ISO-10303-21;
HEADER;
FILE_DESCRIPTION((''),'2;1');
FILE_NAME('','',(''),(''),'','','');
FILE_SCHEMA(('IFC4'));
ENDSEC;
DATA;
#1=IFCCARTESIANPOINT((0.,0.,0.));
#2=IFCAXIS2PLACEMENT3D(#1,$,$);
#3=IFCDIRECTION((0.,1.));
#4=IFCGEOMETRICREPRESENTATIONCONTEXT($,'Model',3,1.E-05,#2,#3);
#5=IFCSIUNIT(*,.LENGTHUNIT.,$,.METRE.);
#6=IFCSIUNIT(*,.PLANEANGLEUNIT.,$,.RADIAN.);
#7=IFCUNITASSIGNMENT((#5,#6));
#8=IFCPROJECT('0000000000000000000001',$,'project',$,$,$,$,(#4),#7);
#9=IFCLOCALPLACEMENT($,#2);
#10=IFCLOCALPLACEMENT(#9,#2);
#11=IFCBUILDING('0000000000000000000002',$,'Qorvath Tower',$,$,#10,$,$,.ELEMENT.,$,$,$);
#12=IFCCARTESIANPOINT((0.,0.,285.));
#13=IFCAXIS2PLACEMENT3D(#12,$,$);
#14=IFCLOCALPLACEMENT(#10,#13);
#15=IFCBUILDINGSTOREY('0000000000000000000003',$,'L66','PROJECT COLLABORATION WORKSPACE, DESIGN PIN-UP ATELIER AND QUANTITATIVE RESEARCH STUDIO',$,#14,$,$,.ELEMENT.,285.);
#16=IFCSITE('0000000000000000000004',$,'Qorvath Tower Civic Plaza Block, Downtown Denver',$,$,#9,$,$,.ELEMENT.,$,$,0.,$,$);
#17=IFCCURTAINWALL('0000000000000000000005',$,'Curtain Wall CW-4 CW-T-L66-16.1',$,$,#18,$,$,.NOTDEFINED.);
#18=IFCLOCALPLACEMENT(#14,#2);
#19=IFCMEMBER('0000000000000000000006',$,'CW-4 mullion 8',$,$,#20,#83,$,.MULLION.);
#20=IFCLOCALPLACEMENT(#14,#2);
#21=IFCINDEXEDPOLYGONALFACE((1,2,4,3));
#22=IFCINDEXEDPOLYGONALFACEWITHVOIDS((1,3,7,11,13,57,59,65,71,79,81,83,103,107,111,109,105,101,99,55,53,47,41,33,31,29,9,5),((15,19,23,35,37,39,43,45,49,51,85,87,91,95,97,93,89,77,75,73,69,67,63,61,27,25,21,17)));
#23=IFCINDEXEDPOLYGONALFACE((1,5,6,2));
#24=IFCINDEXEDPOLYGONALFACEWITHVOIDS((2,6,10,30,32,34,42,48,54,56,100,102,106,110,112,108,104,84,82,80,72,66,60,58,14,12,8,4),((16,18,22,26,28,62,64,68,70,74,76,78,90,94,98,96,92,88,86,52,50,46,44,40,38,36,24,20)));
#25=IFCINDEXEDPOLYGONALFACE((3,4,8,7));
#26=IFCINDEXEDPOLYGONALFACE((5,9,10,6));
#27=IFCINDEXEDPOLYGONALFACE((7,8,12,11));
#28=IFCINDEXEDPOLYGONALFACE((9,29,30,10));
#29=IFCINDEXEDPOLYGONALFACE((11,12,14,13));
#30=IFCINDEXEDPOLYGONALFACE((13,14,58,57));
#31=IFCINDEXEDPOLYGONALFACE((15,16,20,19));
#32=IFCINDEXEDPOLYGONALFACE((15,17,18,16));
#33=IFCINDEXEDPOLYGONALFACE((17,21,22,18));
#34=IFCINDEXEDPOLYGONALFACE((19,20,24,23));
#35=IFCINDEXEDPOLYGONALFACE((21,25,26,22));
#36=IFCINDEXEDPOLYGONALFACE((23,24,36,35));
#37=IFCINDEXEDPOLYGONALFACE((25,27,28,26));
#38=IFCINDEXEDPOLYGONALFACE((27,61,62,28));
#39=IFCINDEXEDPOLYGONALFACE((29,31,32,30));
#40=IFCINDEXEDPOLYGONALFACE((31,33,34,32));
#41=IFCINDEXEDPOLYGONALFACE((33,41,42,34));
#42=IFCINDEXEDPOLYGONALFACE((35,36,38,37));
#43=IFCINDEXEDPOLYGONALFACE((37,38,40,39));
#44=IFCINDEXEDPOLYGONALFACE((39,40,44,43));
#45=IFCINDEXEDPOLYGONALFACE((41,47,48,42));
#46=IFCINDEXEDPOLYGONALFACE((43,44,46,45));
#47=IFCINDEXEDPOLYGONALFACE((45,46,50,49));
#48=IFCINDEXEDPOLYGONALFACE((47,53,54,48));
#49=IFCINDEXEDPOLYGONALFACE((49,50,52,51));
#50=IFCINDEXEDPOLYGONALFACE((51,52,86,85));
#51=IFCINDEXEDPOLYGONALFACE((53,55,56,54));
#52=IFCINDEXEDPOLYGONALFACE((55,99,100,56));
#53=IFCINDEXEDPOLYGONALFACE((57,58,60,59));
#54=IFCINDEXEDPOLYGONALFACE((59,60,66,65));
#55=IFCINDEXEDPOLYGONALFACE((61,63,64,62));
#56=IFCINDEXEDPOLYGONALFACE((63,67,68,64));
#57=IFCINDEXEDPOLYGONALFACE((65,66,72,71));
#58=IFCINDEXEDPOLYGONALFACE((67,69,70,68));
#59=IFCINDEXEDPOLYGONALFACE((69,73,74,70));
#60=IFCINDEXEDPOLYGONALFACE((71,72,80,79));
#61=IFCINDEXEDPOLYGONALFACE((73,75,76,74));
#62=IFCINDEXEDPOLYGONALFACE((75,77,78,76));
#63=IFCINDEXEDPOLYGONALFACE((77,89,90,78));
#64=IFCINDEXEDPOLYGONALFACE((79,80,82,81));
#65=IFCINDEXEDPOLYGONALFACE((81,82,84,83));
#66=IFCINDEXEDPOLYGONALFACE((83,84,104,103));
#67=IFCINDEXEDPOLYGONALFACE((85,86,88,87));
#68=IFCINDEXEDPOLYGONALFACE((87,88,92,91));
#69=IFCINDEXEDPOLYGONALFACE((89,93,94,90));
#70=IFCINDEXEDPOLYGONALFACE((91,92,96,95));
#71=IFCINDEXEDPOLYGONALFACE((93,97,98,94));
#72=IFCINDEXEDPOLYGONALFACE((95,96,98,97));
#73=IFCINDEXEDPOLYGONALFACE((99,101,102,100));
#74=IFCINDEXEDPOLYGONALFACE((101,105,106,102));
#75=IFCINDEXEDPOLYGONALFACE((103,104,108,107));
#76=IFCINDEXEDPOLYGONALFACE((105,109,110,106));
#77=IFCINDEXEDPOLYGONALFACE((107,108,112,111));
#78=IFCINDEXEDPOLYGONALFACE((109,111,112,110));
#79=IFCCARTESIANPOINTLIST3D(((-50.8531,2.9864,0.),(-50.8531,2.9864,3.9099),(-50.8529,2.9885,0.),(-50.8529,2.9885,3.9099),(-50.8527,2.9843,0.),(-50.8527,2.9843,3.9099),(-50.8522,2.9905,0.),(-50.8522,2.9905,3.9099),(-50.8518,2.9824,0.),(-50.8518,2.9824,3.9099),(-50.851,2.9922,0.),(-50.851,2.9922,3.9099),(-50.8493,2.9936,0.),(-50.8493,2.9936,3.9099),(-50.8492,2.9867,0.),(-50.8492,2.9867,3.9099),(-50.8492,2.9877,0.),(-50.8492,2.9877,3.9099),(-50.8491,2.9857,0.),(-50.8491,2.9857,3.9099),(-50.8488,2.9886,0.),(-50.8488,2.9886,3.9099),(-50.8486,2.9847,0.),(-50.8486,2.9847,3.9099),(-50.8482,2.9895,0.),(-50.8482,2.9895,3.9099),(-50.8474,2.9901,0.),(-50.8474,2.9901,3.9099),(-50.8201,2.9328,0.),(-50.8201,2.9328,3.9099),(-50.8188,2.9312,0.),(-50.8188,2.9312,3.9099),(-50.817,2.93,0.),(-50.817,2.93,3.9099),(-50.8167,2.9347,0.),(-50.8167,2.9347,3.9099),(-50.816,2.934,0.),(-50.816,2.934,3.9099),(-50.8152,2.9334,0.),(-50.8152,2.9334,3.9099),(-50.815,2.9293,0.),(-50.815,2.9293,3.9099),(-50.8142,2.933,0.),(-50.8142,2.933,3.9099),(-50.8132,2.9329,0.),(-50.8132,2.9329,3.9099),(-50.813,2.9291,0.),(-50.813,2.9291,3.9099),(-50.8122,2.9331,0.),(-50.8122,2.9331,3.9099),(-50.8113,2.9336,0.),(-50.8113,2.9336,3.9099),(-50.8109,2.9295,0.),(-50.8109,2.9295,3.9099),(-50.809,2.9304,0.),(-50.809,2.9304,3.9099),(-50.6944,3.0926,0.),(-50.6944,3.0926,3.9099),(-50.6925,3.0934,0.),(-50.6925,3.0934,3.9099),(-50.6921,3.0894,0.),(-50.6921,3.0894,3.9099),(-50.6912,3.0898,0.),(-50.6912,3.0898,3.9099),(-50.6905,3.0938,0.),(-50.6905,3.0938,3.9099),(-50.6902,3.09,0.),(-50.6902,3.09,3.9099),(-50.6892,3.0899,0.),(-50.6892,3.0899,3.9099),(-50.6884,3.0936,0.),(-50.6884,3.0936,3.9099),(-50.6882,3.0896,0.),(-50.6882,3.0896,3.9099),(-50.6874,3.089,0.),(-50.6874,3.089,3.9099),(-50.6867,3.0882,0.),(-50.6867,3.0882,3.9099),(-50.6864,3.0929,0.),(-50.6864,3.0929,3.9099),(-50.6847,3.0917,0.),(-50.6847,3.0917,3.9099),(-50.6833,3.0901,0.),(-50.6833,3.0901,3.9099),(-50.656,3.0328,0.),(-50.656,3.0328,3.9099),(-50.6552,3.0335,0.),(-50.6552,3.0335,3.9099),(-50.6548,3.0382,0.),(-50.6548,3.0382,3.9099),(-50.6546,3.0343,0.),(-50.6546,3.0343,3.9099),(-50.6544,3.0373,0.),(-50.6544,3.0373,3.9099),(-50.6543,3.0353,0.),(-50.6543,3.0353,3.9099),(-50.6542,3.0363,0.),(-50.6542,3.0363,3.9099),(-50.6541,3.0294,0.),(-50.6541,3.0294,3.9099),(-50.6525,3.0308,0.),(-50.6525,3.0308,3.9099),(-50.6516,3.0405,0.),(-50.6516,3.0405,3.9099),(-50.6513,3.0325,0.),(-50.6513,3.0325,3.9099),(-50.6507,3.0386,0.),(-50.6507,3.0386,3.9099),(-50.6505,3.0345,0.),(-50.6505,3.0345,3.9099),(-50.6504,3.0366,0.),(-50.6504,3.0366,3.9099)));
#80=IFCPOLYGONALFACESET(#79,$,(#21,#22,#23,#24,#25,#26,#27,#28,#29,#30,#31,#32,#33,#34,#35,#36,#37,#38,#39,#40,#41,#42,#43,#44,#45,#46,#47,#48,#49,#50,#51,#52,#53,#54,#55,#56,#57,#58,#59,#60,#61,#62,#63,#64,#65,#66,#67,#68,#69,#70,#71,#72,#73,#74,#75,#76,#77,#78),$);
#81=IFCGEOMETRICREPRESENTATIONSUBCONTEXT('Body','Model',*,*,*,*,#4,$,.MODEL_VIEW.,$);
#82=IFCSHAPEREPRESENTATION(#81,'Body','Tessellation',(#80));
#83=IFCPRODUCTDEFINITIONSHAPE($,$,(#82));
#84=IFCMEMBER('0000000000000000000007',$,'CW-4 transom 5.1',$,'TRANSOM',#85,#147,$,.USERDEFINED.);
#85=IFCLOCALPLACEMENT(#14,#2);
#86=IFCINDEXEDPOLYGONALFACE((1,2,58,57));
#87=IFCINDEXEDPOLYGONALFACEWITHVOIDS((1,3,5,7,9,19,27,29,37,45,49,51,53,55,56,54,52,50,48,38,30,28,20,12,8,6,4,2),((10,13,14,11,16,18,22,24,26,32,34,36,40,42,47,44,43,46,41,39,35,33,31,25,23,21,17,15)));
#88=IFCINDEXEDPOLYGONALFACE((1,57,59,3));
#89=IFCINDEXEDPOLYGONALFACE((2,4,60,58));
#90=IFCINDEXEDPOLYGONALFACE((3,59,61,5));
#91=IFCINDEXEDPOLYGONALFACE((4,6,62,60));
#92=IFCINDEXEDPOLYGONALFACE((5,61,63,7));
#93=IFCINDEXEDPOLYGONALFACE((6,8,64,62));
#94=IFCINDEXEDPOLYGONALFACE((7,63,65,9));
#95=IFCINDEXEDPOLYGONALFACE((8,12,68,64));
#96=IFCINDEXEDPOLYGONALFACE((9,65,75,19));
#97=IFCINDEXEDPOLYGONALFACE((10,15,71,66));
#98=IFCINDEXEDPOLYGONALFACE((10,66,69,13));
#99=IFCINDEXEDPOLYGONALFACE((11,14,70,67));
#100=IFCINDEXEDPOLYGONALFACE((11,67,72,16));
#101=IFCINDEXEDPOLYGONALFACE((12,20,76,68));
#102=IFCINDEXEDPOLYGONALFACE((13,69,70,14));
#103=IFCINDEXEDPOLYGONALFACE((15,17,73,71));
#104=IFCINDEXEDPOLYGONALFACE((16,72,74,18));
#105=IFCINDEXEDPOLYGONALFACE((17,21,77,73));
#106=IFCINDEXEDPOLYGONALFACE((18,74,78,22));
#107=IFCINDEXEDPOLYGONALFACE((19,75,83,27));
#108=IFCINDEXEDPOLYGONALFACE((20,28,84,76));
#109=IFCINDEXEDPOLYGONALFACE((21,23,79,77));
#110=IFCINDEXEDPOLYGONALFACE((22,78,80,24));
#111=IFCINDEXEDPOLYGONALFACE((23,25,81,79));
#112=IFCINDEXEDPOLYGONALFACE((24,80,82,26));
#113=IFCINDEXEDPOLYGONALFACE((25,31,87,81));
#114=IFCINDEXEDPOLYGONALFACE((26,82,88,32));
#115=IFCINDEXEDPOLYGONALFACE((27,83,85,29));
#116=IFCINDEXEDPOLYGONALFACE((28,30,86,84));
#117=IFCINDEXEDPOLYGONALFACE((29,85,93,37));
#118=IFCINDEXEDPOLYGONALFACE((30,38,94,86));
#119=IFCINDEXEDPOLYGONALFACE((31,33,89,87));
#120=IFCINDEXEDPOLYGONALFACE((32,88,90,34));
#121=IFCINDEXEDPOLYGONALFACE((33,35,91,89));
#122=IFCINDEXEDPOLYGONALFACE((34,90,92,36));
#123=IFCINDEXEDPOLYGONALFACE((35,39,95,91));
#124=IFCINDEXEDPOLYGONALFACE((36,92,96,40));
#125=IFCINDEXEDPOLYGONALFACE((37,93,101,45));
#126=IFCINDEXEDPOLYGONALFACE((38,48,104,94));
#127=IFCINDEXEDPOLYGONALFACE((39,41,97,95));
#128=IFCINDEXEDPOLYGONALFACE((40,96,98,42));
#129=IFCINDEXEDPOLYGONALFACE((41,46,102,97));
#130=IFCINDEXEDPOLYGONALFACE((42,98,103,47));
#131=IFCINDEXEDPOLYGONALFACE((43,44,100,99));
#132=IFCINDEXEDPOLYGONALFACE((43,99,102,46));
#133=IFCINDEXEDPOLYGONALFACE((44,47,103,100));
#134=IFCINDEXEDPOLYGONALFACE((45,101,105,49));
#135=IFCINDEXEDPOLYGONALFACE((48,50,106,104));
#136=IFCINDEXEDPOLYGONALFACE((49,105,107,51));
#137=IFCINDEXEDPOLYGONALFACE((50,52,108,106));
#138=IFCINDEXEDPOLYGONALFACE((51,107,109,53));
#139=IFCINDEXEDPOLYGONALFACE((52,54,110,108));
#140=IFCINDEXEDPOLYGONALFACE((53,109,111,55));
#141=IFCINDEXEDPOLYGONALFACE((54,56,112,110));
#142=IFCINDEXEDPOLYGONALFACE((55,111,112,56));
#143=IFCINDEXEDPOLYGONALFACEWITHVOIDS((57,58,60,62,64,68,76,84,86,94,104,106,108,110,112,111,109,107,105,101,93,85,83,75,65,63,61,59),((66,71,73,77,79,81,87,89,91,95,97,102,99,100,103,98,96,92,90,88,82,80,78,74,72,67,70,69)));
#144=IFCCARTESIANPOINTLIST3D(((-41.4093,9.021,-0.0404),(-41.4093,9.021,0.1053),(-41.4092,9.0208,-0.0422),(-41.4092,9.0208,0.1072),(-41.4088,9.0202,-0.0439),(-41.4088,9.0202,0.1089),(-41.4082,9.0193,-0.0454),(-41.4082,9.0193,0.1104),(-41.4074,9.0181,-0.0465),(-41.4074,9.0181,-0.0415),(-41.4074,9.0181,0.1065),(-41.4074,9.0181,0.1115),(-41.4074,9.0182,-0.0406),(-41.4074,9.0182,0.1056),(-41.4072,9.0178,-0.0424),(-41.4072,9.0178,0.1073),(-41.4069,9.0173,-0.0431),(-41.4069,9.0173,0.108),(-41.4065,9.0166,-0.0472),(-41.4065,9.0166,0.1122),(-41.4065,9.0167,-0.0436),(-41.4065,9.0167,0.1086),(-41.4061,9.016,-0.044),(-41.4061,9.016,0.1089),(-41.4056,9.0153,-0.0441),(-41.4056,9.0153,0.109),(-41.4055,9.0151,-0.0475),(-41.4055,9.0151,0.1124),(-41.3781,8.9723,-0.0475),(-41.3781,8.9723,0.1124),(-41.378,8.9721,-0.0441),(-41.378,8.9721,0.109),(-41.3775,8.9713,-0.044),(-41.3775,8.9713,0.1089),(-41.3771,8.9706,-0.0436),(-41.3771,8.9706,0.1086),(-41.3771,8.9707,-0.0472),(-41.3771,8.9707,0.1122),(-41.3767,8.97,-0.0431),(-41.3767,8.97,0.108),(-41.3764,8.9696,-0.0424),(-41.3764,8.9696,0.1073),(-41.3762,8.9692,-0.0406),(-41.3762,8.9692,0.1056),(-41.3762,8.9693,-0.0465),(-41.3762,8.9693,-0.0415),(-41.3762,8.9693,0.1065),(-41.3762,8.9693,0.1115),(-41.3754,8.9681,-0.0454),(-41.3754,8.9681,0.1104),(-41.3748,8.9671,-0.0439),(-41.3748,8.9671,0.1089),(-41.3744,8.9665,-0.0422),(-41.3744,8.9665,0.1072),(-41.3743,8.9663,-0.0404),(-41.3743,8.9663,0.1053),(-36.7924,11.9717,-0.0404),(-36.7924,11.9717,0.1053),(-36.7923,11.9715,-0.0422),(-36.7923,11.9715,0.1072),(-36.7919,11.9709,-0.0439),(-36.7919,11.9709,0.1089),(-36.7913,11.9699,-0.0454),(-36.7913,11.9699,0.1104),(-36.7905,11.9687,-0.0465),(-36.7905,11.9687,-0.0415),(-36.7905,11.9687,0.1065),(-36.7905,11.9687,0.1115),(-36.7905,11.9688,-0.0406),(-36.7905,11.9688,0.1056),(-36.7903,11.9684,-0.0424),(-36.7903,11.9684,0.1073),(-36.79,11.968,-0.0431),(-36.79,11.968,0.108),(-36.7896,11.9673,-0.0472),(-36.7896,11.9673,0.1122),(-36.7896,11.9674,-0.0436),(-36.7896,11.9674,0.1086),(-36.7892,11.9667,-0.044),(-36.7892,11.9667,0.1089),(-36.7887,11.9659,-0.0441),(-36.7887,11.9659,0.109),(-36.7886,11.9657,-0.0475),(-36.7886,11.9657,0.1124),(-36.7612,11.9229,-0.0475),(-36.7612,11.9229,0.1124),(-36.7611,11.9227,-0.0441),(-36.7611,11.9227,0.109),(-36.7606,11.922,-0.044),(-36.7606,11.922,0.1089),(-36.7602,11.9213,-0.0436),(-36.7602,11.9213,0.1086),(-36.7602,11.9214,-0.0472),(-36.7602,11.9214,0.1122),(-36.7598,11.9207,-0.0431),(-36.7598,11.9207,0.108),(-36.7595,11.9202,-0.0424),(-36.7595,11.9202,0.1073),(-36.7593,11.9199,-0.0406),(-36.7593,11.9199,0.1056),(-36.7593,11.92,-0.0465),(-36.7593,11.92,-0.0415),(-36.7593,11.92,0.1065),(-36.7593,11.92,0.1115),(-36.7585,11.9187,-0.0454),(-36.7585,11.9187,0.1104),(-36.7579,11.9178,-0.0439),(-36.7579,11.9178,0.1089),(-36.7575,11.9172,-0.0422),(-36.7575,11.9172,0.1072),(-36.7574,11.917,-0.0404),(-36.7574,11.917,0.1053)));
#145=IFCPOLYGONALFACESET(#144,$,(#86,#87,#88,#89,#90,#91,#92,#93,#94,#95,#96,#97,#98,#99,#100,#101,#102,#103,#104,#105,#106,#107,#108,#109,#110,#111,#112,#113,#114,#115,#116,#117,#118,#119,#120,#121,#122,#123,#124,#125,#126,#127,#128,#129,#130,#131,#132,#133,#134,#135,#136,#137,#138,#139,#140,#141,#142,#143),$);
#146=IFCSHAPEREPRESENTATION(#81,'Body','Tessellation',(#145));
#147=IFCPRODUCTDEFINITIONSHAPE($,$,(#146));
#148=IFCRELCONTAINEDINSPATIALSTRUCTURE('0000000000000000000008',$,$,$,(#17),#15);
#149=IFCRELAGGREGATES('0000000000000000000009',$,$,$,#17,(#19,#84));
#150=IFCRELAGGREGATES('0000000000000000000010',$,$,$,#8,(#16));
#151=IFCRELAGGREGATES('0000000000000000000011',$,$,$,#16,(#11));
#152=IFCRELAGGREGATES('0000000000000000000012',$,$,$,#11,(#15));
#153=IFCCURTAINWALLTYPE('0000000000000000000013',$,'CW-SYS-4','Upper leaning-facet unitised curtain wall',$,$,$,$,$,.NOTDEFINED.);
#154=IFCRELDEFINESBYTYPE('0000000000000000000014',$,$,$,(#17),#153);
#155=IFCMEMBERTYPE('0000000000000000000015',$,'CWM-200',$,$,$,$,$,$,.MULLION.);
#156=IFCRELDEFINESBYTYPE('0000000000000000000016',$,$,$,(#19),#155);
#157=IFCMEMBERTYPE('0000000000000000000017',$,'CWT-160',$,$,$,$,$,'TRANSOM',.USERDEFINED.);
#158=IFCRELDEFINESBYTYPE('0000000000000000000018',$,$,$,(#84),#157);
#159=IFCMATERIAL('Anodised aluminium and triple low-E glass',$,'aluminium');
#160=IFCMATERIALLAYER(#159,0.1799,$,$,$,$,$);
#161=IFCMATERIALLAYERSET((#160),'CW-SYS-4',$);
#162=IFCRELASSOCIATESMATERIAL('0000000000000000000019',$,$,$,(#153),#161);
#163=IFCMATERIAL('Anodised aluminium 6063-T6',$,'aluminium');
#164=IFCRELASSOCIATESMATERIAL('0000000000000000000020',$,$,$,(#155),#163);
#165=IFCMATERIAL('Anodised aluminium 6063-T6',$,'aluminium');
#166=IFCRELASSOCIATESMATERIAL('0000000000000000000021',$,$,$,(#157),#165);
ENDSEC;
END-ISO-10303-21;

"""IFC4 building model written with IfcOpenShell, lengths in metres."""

from ifc_helpers import new_model, si_unit, direction, frame, origin, origin_2d, place, context, subcontext, project, spatial, hollow_rectangle, extrude, material, layer, layer_set, material_profile, profile_set, type_object, element, aggregate, save


model = new_model("IFC4")

# Units and contexts
model_context = context("Model", 3, precision=1e-05, world=origin(), true_north=direction((0.0, 1.0)))
body_context = subcontext(model_context, "Body", "Model", "MODEL_VIEW")
ifc_project = project(units=[si_unit("LENGTHUNIT", "METRE"), si_unit("PLANEANGLEUNIT", "RADIAN")], contexts=[model_context])

# Site, building, storey
site_placement = place(None, origin())
site = spatial("IfcSite", under=ifc_project, at=site_placement, Name="Qorvath Tower Civic Plaza Block, Downtown Denver", CompositionType="ELEMENT", RefElevation=0.0)
building_placement = place(site_placement, origin())
building = spatial("IfcBuilding", under=site, at=building_placement, Name="Qorvath Tower", CompositionType="ELEMENT")
storey_placement = place(building_placement, frame((0.0, 0.0, 285.0)))
storey = spatial("IfcBuildingStorey", under=building, at=storey_placement, Name="L66", Description="PROJECT COLLABORATION WORKSPACE, DESIGN PIN-UP ATELIER AND QUANTITATIVE RESEARCH STUDIO", CompositionType="ELEMENT", Elevation=285.0)

# Curtain wall, members
ifc_material_1 = material(Name="Anodised aluminium and triple low-E glass", Category="aluminium")
ifc_layer_1 = layer(ifc_material_1, 0.1799)
ifc_layer_set_1 = layer_set([ifc_layer_1], Name="CW-SYS-4")
curtain_wall_type = type_object("IfcCurtainWallType", Name="CW-SYS-4", Description="Upper leaning-facet unitised curtain wall", PredefinedType="NOTDEFINED", material=ifc_layer_set_1)
curtain_wall_placement = place(storey_placement, origin())
curtain_wall = element("IfcCurtainWall", 1, at=curtain_wall_placement, inside=storey, type_object=curtain_wall_type, Name="Curtain Wall CW-4 CW-T-L66-16.1", PredefinedType="NOTDEFINED")
ifc_material_2 = material(Name="Anodised aluminium 6063-T6", Category="aluminium")
ifc_material_profile_1 = material_profile(ifc_material_2, hollow_rectangle(XDim=0.075, YDim=0.2, WallThickness=0.0039, InnerFilletRadius=0.0039, OuterFilletRadius=0.0081, at=origin_2d()), Name="CWM 200x75")
ifc_profile_set_1 = profile_set([ifc_material_profile_1], Name="Anodised aluminium 6063-T6")
member_type_1 = type_object("IfcMemberType", Name="CWM-200", PredefinedType="MULLION", material=ifc_profile_set_1)
member_1_placement = place(storey_placement, frame((-50.7517, 3.0115, 0.0), z_axis=(0.0, 0.0, 1.0), x_axis=(0.538532, -0.842605, 0.0)))
member_1 = element("IfcMember", 2, at=member_1_placement, type_object=member_type_1, Name="CW-4 mullion 8", PredefinedType="MULLION", context=body_context, shape_type="SweptSolid", body=[
    extrude(hollow_rectangle(XDim=0.075, YDim=0.2, WallThickness=0.0039, InnerFilletRadius=0.0039, OuterFilletRadius=0.0081, at=origin_2d()), origin(), (0.0, 0.0, 1.0), 3.9099),
])
ifc_material_3 = material(Name="Anodised aluminium 6063-T6", Category="aluminium")
ifc_material_profile_2 = material_profile(ifc_material_3, hollow_rectangle(XDim=0.0649, YDim=0.1599, WallThickness=0.0034, InnerFilletRadius=0.0034, OuterFilletRadius=0.0071, at=origin_2d()), Name="CWT 160x65")
ifc_profile_set_2 = profile_set([ifc_material_profile_2], Name="Anodised aluminium 6063-T6")
member_type_2 = type_object("IfcMemberType", Name="CWT-160", ElementType="TRANSOM", PredefinedType="USERDEFINED", material=ifc_profile_set_2)
member_2_placement = place(storey_placement, frame((-36.7749, 11.9443, 0.0325), z_axis=(-0.842616, -0.538515, 0.0), x_axis=(0.538515, -0.842616, 0.0)))
member_2 = element("IfcMember", 3, at=member_2_placement, type_object=member_type_2, Name="CW-4 transom 5.1", ObjectType="TRANSOM", PredefinedType="USERDEFINED", context=body_context, shape_type="SweptSolid", body=[
    extrude(hollow_rectangle(XDim=0.0649, YDim=0.1599, WallThickness=0.0034, InnerFilletRadius=0.0034, OuterFilletRadius=0.0071, at=origin_2d()), origin(), (0.0, 0.0, 1.0), 5.4792),
])
aggregate(curtain_wall, [member_1, member_2])

save(model, "model.ifc")
